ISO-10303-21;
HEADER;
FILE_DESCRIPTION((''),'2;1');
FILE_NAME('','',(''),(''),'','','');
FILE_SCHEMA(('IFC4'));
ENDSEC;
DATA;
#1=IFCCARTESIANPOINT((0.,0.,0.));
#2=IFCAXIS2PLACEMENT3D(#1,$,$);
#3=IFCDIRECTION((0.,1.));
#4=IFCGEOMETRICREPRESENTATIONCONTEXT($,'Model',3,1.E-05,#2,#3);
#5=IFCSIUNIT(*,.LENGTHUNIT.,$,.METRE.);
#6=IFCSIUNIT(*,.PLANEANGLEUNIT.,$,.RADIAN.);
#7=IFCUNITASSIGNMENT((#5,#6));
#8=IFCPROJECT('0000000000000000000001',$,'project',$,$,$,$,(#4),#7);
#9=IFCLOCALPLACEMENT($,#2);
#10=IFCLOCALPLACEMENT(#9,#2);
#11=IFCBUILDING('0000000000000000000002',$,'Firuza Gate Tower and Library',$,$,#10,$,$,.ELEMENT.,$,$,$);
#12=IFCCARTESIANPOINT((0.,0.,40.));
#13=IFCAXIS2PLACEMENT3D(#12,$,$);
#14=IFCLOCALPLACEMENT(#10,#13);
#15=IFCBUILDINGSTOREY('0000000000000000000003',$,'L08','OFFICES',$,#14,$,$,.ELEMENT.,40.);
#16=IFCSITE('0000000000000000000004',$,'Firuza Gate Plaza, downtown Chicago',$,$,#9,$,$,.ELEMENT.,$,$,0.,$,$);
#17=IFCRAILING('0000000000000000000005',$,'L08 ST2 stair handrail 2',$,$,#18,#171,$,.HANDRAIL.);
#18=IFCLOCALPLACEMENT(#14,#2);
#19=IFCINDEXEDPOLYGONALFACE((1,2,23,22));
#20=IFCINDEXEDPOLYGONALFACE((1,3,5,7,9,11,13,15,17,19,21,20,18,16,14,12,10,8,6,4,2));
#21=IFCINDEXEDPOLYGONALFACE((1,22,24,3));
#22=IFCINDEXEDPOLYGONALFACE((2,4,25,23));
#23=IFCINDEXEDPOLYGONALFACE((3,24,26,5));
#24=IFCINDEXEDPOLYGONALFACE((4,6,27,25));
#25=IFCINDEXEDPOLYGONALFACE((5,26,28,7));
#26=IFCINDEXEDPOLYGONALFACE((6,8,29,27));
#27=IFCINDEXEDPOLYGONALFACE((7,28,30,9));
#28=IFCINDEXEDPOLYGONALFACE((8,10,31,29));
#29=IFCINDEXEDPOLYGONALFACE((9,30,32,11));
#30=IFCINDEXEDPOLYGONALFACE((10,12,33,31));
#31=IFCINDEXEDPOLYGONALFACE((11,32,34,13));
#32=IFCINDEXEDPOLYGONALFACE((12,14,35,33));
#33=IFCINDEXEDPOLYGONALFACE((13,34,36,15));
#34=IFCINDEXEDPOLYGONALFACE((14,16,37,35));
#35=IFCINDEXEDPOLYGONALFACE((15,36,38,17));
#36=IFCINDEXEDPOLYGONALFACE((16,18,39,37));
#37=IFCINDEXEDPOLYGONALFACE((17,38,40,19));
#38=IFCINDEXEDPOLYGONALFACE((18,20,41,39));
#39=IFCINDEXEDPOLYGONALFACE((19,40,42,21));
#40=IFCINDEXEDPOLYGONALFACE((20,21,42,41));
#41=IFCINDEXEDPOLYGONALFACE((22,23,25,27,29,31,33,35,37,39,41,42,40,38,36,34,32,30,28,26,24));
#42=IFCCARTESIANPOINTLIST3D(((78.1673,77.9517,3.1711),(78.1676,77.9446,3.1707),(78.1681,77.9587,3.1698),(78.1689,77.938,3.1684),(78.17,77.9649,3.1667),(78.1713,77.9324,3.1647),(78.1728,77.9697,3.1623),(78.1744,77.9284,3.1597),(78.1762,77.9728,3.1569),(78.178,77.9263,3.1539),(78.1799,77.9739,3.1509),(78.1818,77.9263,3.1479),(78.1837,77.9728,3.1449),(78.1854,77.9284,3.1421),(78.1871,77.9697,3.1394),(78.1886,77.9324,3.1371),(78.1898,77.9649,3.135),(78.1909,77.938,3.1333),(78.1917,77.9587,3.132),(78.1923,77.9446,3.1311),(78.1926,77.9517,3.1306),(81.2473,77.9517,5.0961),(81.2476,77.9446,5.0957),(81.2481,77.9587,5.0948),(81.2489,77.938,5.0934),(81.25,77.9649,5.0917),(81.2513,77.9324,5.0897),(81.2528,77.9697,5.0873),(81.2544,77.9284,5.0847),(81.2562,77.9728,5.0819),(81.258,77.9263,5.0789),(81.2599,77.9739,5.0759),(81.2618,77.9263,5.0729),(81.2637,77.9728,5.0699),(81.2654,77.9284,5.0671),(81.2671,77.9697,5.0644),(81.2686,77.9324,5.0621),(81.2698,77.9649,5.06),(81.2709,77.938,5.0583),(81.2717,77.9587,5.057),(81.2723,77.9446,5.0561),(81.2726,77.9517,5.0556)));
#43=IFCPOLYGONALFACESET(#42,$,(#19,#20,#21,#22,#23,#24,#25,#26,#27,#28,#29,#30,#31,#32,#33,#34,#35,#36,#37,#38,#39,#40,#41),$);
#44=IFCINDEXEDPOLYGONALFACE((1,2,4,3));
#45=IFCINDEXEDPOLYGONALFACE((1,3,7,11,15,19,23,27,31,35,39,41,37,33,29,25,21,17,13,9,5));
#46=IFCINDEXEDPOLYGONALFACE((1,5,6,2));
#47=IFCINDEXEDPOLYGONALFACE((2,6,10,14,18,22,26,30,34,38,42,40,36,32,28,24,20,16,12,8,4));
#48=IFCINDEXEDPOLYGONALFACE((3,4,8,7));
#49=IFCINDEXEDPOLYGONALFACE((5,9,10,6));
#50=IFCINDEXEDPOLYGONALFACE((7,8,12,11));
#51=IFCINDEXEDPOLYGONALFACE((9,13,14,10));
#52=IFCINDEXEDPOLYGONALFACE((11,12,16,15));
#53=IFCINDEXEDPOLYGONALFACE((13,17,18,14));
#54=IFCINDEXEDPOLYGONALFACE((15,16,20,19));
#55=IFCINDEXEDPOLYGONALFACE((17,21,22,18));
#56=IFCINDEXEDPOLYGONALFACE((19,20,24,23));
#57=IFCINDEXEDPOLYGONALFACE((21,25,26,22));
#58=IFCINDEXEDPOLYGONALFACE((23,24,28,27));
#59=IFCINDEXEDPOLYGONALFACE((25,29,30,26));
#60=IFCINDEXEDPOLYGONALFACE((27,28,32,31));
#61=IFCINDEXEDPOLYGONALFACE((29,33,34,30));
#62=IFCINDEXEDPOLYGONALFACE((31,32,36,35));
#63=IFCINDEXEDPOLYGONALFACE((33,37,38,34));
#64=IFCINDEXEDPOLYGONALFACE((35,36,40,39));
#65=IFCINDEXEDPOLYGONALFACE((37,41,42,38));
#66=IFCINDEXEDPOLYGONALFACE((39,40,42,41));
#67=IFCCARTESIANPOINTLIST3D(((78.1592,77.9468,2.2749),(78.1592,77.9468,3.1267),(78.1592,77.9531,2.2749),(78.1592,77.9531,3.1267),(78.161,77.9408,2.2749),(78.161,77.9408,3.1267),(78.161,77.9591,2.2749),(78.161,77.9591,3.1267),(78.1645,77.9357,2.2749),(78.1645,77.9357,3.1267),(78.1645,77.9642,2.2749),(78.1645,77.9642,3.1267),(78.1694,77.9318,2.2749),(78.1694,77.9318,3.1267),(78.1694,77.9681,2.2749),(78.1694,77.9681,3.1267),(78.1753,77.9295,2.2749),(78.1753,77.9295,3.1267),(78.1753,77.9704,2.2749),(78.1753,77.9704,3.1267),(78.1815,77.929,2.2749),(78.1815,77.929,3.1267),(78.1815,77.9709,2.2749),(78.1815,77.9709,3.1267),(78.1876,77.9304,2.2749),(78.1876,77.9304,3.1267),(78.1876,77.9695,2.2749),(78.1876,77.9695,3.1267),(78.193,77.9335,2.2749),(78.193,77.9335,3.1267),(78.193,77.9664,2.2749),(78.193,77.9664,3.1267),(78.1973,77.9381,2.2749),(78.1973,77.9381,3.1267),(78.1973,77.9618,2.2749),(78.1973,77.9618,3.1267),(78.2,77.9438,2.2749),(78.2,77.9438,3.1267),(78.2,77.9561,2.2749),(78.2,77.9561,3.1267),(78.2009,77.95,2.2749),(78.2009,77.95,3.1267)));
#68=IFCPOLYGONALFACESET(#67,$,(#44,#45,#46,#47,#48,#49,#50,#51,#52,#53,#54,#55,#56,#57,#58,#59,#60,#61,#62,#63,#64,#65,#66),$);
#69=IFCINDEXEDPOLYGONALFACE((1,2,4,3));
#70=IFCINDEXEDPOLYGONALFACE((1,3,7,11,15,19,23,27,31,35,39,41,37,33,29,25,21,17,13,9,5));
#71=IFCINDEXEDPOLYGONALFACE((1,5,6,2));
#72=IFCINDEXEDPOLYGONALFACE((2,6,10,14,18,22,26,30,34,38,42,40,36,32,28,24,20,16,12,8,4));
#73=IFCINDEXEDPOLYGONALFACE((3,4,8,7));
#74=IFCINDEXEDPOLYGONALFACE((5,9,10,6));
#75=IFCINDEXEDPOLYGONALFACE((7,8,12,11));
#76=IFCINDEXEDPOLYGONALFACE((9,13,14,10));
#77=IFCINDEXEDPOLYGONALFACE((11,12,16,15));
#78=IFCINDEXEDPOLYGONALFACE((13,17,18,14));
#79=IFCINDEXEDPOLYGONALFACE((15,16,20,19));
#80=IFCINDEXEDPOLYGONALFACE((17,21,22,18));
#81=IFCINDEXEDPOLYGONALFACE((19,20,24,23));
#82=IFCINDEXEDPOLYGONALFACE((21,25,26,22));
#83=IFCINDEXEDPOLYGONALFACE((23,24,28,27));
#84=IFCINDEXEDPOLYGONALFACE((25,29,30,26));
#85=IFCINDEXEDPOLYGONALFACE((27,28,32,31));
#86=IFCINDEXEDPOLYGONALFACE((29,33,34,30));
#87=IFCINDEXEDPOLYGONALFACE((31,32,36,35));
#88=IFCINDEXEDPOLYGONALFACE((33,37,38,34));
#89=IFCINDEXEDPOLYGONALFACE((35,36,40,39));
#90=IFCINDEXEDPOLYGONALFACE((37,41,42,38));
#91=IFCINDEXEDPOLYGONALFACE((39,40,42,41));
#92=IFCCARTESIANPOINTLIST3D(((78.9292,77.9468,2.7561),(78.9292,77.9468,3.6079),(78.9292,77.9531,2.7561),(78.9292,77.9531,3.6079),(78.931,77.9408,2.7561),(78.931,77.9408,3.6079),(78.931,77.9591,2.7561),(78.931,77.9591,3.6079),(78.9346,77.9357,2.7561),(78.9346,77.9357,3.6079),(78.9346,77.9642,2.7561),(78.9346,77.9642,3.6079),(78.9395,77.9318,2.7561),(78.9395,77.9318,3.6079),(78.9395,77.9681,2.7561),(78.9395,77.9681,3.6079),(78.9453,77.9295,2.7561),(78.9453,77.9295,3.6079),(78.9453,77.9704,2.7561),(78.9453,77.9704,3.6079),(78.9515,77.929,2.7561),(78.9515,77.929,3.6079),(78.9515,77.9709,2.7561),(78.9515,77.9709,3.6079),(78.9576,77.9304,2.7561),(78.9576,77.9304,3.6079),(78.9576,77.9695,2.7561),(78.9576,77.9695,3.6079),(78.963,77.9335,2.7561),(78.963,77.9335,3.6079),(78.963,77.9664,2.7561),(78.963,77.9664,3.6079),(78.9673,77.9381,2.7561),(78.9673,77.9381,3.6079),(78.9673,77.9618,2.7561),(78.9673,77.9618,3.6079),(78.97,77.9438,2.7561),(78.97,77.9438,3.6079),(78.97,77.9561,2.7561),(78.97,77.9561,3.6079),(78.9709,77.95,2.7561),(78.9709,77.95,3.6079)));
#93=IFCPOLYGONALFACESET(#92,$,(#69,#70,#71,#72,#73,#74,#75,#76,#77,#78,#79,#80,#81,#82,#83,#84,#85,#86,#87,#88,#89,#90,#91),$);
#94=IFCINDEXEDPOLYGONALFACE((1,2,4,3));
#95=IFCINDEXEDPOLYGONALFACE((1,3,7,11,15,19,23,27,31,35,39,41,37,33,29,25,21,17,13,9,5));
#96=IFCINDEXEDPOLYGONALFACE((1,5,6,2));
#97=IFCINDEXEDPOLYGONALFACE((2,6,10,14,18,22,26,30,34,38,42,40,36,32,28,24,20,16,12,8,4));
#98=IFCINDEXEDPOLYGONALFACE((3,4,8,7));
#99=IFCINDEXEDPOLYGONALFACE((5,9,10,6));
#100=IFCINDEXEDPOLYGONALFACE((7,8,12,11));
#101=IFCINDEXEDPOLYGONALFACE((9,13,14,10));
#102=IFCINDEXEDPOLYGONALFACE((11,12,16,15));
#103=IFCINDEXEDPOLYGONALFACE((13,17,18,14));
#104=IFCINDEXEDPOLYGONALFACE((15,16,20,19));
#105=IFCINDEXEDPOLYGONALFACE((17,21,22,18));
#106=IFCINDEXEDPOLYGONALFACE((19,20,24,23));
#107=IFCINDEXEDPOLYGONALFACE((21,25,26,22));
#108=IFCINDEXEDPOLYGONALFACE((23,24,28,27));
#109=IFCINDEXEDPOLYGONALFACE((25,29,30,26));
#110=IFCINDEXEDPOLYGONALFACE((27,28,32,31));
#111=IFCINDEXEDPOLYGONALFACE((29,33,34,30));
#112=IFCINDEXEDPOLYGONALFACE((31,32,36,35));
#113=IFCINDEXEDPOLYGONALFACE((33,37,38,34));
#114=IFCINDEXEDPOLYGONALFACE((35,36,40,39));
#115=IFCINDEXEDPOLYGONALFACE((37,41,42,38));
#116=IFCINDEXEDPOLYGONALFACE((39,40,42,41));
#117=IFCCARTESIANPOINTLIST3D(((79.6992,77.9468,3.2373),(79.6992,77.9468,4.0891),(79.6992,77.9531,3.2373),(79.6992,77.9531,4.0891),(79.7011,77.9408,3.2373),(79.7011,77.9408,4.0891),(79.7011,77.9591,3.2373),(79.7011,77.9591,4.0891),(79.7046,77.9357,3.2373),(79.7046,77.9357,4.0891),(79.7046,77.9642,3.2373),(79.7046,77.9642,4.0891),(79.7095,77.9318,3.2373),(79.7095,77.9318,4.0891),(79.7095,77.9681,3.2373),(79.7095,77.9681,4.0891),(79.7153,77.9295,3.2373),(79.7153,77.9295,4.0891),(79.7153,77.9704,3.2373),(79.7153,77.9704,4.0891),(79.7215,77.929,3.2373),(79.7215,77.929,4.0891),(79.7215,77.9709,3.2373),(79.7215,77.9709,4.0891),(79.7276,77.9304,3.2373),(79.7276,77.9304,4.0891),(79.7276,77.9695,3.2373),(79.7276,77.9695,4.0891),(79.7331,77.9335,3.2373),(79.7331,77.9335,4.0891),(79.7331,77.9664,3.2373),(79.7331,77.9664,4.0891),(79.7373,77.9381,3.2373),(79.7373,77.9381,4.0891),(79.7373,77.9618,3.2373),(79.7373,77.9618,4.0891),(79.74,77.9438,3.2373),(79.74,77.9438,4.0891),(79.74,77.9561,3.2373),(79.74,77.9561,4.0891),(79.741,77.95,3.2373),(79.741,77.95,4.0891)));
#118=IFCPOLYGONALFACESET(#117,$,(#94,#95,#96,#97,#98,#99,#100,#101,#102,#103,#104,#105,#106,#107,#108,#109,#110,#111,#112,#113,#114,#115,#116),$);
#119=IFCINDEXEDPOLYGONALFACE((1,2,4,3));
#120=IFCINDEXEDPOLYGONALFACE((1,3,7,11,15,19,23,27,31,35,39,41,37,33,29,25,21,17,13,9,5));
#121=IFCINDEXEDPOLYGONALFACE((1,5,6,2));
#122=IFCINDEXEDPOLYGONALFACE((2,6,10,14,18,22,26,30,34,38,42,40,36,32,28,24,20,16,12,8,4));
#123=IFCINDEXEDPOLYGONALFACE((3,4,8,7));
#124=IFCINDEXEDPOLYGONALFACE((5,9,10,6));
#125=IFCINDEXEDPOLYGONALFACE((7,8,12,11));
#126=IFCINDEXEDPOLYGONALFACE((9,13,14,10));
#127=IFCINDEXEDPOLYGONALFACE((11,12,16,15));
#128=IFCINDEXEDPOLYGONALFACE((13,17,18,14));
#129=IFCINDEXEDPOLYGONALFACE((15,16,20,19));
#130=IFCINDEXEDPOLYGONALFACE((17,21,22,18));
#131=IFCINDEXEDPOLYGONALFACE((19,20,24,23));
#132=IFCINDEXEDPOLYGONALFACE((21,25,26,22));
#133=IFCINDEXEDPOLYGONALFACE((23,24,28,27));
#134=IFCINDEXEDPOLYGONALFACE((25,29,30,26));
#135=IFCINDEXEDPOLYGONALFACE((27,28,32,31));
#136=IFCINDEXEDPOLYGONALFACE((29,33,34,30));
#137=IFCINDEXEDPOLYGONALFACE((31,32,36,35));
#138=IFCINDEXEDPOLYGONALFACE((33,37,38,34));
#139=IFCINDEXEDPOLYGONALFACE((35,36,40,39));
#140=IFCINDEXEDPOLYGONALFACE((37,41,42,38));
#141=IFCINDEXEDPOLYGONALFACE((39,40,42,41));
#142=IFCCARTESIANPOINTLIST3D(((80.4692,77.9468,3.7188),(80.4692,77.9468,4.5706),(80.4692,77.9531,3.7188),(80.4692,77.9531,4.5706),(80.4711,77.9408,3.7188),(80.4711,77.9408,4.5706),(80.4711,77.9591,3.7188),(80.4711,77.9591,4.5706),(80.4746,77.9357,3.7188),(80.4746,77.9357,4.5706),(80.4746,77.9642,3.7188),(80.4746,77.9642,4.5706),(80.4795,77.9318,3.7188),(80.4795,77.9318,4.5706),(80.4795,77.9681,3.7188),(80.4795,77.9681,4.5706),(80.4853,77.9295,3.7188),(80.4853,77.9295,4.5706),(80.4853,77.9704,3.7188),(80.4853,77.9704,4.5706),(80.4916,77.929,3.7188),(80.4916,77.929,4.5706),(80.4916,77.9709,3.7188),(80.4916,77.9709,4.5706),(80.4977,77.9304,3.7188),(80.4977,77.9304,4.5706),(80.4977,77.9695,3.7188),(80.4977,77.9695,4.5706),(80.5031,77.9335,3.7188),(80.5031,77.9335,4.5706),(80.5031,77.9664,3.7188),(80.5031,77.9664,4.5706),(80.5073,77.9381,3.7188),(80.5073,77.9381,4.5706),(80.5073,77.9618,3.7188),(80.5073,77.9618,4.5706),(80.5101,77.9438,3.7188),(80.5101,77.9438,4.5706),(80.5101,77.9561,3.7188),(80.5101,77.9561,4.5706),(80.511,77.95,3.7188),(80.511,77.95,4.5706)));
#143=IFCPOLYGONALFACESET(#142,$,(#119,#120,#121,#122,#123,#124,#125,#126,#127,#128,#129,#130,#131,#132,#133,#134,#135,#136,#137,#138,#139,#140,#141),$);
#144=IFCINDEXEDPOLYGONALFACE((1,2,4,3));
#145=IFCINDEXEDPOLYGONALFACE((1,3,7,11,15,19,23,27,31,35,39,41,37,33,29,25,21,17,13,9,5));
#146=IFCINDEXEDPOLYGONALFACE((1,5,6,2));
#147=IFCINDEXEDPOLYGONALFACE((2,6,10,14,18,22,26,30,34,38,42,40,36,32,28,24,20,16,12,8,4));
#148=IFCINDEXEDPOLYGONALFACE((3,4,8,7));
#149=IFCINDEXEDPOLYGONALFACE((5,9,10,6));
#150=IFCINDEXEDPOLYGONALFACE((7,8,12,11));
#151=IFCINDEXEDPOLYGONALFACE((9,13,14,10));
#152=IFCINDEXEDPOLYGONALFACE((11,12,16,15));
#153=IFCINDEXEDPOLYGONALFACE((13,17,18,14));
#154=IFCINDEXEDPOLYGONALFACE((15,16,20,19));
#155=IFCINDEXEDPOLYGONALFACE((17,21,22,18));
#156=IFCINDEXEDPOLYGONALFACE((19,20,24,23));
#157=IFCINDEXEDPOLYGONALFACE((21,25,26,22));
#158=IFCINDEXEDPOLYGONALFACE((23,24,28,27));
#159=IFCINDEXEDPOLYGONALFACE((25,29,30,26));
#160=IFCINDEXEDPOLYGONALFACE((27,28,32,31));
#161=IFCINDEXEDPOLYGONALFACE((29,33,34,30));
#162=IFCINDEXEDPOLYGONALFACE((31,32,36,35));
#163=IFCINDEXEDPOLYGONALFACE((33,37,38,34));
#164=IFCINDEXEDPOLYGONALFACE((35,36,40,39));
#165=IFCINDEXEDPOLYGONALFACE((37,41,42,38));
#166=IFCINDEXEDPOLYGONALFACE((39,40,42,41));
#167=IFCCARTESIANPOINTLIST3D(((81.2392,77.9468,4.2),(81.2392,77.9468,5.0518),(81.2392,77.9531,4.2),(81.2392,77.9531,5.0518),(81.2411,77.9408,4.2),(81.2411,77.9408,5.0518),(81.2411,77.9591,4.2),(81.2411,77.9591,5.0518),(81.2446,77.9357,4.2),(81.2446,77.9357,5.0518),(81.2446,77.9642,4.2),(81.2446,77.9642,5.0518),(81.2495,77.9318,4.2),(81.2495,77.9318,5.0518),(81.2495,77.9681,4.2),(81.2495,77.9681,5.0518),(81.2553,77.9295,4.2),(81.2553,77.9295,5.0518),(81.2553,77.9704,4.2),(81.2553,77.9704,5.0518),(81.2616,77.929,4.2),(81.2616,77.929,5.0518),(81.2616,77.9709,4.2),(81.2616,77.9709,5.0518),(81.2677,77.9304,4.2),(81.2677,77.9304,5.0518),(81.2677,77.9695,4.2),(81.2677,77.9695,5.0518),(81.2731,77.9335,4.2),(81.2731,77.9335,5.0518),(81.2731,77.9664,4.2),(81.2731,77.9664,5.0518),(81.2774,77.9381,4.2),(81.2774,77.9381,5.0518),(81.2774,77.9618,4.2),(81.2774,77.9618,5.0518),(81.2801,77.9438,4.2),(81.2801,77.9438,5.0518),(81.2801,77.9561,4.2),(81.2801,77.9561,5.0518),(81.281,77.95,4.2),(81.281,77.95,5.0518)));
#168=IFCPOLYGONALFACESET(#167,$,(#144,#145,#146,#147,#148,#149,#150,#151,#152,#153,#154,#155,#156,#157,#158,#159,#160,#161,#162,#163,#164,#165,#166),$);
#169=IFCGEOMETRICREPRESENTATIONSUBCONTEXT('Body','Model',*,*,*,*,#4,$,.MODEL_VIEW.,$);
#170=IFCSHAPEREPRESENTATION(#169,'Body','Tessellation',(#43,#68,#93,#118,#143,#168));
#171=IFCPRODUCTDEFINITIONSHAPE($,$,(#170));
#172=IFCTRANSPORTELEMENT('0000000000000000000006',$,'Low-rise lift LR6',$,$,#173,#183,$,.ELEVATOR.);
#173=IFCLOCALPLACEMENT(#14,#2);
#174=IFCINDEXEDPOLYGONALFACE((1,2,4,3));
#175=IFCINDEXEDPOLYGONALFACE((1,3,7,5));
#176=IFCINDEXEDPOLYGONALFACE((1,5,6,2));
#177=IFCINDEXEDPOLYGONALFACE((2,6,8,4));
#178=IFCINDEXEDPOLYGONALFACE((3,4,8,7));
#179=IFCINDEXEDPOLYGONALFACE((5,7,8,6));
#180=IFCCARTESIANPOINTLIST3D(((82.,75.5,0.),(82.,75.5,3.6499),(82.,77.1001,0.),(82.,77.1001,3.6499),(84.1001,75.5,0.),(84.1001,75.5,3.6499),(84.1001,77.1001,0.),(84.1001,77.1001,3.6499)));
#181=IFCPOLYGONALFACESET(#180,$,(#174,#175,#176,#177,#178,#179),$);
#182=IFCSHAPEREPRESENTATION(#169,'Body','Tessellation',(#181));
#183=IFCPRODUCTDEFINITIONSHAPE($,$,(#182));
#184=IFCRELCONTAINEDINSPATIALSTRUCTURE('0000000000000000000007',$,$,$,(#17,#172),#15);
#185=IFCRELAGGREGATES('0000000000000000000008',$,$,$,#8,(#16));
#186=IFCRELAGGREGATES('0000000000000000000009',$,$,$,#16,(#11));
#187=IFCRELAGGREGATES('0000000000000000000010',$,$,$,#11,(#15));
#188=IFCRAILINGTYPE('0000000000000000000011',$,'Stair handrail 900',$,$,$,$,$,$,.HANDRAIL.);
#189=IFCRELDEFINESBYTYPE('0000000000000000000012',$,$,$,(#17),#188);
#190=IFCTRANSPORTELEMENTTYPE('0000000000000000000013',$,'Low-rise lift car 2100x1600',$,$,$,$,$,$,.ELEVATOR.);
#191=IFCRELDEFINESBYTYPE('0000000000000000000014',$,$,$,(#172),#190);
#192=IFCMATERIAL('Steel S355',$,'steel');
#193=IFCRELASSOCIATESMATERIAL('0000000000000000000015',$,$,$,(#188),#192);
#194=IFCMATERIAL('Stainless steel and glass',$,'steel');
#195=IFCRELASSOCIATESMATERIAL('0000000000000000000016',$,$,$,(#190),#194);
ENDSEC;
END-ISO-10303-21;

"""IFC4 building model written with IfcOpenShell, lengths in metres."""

from ifc_helpers import new_model, si_unit, direction, frame, origin, origin_2d, place, context, subcontext, project, spatial, rectangle, circle, extrude, material, type_object, element, save


model = new_model("IFC4")

# Units and contexts
model_context = context("Model", 3, precision=1e-05, world=origin(), true_north=direction((0.0, 1.0)))
body_context = subcontext(model_context, "Body", "Model", "MODEL_VIEW")
ifc_project = project(units=[si_unit("LENGTHUNIT", "METRE"), si_unit("PLANEANGLEUNIT", "RADIAN")], contexts=[model_context])

# Site, building, storey
site_placement = place(None, origin())
site = spatial("IfcSite", under=ifc_project, at=site_placement, Name="Firuza Gate Plaza, downtown Chicago", CompositionType="ELEMENT", RefElevation=0.0)
building_placement = place(site_placement, origin())
building = spatial("IfcBuilding", under=site, at=building_placement, Name="Firuza Gate Tower and Library", CompositionType="ELEMENT")
storey_placement = place(building_placement, frame((0.0, 0.0, 40.0)))
storey = spatial("IfcBuildingStorey", under=building, at=storey_placement, Name="L08", Description="OFFICES", CompositionType="ELEMENT", Elevation=40.0)

# Railing
ifc_material_1 = material(Name="Steel S355", Category="steel")
railing_type_1 = type_object("IfcRailingType", Name="Stair handrail 900", PredefinedType="HANDRAIL", material=ifc_material_1)
railing_1_placement = place(storey_placement, frame((78.1799, 77.95, 2.2749)))
element("IfcRailing", 1, at=railing_1_placement, inside=storey, type_object=railing_type_1, Name="L08 ST2 stair handrail 2", PredefinedType="HANDRAIL", context=body_context, shape_type="SweptSolid", body=[
    extrude(circle(Radius=0.0239, at=origin_2d()), frame((0.0, 0.0, 0.876), z_axis=(0.847998, 0.0, 0.529999), x_axis=(0.0, 1.0, 0.0)), (0.0, 0.0, 1.0), 3.6321),
    extrude(circle(Radius=0.021, at=origin_2d()), origin(), (0.0, 0.0, 1.0), 0.8518),
    extrude(circle(Radius=0.021, at=origin_2d()), frame((0.77, 0.0, 0.4812)), (0.0, 0.0, 1.0), 0.8518),
    extrude(circle(Radius=0.021, at=origin_2d()), frame((1.54, 0.0, 0.9624)), (0.0, 0.0, 1.0), 0.8518),
    extrude(circle(Radius=0.021, at=origin_2d()), frame((2.3101, 0.0, 1.4438)), (0.0, 0.0, 1.0), 0.8518),
    extrude(circle(Radius=0.021, at=origin_2d()), frame((3.0801, 0.0, 1.925)), (0.0, 0.0, 1.0), 0.8518),
])

# Transport element
ifc_material_2 = material(Name="Stainless steel and glass", Category="steel")
transport_element_type = type_object("IfcTransportElementType", Name="Low-rise lift car 2100x1600", PredefinedType="ELEVATOR", material=ifc_material_2)
transport_element_placement = place(storey_placement, frame((83.05, 76.3, 0.0), z_axis=(0.0, 0.0, 1.0), x_axis=(1.0, 0.0, 0.0)))
element("IfcTransportElement", 2, at=transport_element_placement, inside=storey, type_object=transport_element_type, Name="Low-rise lift LR6", PredefinedType="ELEVATOR", context=body_context, shape_type="SweptSolid", body=[
    extrude(rectangle(XDim=2.1001, YDim=1.6001, at=origin_2d()), origin(), (0.0, 0.0, 1.0), 3.6499),
])

save(model, "model.ifc")
